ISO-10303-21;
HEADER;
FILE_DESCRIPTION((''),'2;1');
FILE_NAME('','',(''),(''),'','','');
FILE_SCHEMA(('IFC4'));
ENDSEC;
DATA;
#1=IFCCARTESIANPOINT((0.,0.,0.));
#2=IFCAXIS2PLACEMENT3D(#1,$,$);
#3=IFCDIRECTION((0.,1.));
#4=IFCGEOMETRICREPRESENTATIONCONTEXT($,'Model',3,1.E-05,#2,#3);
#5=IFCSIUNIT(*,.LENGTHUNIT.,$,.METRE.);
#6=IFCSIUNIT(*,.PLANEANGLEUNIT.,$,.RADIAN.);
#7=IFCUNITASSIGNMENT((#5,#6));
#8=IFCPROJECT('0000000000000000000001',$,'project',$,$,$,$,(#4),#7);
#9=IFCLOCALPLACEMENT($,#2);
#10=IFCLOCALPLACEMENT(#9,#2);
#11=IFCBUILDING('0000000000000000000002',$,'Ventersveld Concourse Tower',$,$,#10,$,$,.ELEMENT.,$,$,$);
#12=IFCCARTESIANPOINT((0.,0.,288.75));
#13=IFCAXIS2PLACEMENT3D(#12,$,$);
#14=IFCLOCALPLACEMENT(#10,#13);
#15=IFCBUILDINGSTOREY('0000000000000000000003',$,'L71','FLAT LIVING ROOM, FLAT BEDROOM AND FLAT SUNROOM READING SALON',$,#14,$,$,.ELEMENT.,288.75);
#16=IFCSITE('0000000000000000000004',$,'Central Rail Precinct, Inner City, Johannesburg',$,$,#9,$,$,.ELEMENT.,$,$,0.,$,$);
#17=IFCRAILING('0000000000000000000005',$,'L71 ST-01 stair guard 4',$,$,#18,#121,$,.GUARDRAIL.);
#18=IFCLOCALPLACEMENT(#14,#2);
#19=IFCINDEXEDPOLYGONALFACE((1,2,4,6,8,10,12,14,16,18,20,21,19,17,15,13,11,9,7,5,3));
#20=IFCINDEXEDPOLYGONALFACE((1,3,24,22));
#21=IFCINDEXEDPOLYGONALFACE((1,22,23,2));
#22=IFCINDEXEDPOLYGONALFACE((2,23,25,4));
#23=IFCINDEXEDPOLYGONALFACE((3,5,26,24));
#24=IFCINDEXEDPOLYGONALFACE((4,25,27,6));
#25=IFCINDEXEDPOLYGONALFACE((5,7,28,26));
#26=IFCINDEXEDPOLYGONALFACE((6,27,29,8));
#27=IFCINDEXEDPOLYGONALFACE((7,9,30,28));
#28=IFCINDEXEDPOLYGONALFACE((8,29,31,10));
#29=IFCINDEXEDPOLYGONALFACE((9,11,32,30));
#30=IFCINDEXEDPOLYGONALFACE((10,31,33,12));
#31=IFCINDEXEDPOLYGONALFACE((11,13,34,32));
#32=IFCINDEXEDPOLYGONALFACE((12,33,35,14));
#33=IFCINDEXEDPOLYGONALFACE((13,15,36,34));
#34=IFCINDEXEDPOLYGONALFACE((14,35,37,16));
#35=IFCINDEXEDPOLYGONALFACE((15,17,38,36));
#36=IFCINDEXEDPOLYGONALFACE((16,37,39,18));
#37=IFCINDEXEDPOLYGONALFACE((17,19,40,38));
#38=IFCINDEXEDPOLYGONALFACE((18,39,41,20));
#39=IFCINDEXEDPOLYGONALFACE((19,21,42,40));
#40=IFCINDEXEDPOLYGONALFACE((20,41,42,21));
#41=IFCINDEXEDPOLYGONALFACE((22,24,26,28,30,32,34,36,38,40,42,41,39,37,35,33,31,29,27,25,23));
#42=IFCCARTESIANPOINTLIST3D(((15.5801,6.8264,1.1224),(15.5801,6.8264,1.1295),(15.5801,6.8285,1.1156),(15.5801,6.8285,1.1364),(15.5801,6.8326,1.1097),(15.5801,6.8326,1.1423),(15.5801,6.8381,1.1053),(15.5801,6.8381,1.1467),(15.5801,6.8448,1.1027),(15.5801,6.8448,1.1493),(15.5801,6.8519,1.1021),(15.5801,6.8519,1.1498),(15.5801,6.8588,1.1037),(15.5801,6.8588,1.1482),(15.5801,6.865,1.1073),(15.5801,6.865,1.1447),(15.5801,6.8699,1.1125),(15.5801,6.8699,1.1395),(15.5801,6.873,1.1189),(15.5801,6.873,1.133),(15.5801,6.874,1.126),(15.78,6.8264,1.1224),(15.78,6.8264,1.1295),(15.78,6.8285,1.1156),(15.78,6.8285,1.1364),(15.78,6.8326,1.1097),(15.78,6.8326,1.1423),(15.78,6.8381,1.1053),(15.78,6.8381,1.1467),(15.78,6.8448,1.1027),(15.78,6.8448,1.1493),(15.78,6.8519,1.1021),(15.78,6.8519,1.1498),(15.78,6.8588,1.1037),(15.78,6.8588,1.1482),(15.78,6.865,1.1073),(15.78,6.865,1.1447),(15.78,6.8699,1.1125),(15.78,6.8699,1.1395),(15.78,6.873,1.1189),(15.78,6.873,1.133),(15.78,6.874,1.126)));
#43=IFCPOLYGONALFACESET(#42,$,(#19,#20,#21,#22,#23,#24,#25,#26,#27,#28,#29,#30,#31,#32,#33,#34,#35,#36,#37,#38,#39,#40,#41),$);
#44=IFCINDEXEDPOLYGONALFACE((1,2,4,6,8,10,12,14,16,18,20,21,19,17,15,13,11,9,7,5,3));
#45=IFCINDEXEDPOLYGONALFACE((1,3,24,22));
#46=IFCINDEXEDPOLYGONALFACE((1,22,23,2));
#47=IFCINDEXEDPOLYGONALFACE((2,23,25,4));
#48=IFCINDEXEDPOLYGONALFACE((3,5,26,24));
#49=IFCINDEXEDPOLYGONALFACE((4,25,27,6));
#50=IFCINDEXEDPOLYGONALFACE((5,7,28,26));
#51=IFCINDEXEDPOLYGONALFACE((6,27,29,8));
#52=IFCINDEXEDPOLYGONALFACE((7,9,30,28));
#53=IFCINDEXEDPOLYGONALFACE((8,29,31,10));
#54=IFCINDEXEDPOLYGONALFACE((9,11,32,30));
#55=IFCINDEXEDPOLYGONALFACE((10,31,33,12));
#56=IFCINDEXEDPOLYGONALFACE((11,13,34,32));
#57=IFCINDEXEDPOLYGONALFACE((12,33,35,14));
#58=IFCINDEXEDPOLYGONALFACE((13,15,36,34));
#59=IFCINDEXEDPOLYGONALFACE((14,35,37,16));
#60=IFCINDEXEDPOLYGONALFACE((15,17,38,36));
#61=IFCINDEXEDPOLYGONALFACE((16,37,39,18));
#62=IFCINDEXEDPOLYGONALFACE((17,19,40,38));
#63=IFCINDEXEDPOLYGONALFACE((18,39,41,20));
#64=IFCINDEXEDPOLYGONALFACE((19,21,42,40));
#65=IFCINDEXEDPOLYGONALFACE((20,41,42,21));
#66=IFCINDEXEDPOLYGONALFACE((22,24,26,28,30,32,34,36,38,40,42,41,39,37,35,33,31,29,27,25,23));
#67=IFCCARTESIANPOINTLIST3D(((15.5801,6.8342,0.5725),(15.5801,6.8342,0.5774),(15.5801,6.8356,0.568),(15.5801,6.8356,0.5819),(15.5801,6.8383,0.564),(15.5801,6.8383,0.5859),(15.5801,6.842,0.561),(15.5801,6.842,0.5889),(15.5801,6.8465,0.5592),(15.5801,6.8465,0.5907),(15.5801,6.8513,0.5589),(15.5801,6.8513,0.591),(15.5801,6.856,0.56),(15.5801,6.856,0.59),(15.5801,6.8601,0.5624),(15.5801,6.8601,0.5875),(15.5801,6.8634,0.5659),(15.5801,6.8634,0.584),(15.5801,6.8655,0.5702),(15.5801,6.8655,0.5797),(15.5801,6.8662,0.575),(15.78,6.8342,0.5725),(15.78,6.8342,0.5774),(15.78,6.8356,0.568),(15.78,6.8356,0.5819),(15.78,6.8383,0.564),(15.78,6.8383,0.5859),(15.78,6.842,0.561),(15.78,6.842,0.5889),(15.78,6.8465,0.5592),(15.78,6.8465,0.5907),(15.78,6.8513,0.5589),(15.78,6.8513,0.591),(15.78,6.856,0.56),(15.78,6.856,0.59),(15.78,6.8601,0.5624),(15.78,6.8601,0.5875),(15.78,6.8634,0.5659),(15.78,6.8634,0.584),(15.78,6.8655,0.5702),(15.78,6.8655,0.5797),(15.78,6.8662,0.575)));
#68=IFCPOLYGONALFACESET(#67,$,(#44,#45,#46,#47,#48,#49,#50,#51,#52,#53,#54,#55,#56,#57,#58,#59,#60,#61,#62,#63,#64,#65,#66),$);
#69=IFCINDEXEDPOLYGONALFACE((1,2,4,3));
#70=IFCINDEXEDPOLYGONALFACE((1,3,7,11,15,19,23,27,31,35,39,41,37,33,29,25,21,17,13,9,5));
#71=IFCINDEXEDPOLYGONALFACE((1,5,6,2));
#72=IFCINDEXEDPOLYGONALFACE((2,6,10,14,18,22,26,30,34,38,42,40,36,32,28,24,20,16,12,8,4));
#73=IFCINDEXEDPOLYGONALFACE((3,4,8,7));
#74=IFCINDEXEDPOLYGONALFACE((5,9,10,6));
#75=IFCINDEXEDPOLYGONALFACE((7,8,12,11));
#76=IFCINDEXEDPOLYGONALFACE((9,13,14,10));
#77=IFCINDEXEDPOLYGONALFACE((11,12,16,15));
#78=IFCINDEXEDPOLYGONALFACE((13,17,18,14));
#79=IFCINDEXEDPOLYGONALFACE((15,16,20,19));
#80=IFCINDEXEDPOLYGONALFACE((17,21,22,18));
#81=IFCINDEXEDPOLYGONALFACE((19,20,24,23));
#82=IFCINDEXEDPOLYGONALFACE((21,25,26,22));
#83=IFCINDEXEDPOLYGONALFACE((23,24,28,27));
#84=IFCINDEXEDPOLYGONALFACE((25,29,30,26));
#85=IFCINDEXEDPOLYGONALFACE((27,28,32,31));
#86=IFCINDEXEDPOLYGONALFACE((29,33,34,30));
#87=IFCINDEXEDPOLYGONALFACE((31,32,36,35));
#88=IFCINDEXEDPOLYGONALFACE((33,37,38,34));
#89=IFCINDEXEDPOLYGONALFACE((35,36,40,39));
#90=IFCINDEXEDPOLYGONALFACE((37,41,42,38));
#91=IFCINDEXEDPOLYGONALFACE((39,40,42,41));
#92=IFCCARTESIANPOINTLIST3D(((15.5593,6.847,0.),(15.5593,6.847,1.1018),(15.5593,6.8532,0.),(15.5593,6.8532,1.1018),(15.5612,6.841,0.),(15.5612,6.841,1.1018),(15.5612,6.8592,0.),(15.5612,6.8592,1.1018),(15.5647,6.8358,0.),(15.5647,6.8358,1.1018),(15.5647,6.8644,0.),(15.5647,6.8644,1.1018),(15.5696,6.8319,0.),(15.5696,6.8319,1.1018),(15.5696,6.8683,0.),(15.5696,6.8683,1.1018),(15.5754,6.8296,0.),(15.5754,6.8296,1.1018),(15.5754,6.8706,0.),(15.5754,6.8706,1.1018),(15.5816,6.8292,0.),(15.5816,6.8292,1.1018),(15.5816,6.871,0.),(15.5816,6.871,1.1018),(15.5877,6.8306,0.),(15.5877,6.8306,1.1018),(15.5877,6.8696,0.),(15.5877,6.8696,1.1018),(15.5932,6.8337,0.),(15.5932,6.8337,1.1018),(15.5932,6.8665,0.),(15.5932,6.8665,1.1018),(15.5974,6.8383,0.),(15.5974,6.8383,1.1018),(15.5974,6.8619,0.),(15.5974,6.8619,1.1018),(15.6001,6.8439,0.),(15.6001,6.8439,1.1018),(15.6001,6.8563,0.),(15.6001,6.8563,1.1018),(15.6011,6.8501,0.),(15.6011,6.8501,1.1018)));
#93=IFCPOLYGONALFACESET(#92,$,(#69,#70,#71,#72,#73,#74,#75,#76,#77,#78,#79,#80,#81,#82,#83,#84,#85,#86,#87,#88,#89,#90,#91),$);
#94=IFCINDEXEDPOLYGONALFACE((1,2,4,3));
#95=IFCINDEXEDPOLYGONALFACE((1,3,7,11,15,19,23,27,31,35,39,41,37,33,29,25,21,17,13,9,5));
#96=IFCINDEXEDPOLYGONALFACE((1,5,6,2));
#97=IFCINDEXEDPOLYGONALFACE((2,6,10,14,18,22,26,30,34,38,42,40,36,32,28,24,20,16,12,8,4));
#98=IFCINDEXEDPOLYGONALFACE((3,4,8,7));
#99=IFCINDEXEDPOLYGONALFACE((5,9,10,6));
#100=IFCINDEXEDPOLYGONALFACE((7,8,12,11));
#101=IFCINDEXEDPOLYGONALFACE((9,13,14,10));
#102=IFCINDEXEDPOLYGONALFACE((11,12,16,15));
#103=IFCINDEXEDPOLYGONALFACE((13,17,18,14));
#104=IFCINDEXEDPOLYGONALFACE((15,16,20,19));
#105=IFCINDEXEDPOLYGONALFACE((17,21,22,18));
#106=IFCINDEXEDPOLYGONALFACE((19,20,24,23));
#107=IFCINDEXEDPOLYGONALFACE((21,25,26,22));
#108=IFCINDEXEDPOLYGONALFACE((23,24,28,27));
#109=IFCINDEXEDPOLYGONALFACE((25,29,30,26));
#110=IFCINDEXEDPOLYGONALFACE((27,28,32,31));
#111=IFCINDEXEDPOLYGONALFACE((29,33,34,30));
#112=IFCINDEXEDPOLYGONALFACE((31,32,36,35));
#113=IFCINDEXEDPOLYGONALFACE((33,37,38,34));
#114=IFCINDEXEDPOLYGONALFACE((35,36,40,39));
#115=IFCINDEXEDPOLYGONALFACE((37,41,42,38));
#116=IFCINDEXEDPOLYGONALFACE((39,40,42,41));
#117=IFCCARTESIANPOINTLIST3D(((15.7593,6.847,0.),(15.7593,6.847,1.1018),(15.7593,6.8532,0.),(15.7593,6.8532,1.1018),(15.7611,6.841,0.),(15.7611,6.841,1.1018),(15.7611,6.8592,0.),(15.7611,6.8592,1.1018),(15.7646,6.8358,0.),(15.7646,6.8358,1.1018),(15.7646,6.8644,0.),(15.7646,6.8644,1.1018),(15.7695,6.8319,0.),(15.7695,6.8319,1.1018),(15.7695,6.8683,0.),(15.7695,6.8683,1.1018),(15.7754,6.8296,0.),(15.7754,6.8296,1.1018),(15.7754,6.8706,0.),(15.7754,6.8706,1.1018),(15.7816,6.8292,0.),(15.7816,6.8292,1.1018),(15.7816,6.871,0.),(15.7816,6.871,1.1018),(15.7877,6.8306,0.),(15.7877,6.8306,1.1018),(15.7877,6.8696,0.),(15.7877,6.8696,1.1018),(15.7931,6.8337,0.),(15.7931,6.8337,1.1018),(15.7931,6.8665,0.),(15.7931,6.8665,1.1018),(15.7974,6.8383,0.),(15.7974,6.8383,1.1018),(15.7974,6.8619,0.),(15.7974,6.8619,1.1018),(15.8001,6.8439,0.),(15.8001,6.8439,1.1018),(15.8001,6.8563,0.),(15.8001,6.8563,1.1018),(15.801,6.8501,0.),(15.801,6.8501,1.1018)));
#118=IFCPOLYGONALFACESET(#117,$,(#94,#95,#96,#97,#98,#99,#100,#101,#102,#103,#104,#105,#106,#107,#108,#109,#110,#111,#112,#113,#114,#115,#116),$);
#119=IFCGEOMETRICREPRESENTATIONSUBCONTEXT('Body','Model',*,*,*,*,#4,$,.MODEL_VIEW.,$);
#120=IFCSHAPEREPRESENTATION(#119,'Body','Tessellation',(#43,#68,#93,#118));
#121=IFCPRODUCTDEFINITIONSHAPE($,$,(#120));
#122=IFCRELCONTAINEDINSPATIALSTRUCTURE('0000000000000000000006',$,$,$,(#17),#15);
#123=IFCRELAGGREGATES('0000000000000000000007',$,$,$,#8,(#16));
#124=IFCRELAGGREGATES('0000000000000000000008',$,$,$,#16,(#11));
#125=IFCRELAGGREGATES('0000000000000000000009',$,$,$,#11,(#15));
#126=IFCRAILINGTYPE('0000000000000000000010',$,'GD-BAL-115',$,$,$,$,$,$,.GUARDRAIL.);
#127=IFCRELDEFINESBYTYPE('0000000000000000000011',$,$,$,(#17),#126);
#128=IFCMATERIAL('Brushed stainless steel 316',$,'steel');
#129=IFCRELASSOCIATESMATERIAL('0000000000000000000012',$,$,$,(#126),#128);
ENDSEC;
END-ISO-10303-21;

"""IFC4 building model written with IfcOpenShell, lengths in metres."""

from ifc_helpers import new_model, si_unit, direction, frame, origin, origin_2d, place, context, subcontext, project, spatial, circle, extrude, material, type_object, element, save


model = new_model("IFC4")

# Units and contexts
model_context = context("Model", 3, precision=1e-05, world=origin(), true_north=direction((0.0, 1.0)))
body_context = subcontext(model_context, "Body", "Model", "MODEL_VIEW")
ifc_project = project(units=[si_unit("LENGTHUNIT", "METRE"), si_unit("PLANEANGLEUNIT", "RADIAN")], contexts=[model_context])

# Site, building, storey
site_placement = place(None, origin())
site = spatial("IfcSite", under=ifc_project, at=site_placement, Name="Central Rail Precinct, Inner City, Johannesburg", CompositionType="ELEMENT", RefElevation=0.0)
building_placement = place(site_placement, origin())
building = spatial("IfcBuilding", under=site, at=building_placement, Name="Ventersveld Concourse Tower", CompositionType="ELEMENT")
storey_placement = place(building_placement, frame((0.0, 0.0, 288.75)))
storey = spatial("IfcBuildingStorey", under=building, at=storey_placement, Name="L71", Description="FLAT LIVING ROOM, FLAT BEDROOM AND FLAT SUNROOM READING SALON", CompositionType="ELEMENT", Elevation=288.75)

# Shared definitions
ifc_material_1 = material(Name="Brushed stainless steel 316", Category="steel")

# Railing
railing_type_1 = type_object("IfcRailingType", Name="GD-BAL-115", PredefinedType="GUARDRAIL", material=ifc_material_1)
railing_1_placement = place(storey_placement, frame((15.5801, 6.8501, 0.0)))
element("IfcRailing", 1, at=railing_1_placement, inside=storey, type_object=railing_type_1, Name="L71 ST-01 stair guard 4", PredefinedType="GUARDRAIL", context=body_context, shape_type="SweptSolid", body=[
    extrude(circle(Radius=0.0239, at=origin_2d()), frame((0.0, 0.0, 1.126), z_axis=(1.0, 0.0, 0.0), x_axis=(0.0, 1.0, 0.0)), (0.0, 0.0, 1.0), 0.2),
    extrude(circle(Radius=0.0161, at=origin_2d()), frame((0.0, 0.0, 0.575), z_axis=(1.0, 0.0, 0.0), x_axis=(0.0, 1.0, 0.0)), (0.0, 0.0, 1.0), 0.2),
    extrude(circle(Radius=0.021, at=origin_2d()), origin(), (0.0, 0.0, 1.0), 1.1018),
    extrude(circle(Radius=0.021, at=origin_2d()), frame((0.2, 0.0, 0.0)), (0.0, 0.0, 1.0), 1.1018),
])

save(model, "model.ifc")
